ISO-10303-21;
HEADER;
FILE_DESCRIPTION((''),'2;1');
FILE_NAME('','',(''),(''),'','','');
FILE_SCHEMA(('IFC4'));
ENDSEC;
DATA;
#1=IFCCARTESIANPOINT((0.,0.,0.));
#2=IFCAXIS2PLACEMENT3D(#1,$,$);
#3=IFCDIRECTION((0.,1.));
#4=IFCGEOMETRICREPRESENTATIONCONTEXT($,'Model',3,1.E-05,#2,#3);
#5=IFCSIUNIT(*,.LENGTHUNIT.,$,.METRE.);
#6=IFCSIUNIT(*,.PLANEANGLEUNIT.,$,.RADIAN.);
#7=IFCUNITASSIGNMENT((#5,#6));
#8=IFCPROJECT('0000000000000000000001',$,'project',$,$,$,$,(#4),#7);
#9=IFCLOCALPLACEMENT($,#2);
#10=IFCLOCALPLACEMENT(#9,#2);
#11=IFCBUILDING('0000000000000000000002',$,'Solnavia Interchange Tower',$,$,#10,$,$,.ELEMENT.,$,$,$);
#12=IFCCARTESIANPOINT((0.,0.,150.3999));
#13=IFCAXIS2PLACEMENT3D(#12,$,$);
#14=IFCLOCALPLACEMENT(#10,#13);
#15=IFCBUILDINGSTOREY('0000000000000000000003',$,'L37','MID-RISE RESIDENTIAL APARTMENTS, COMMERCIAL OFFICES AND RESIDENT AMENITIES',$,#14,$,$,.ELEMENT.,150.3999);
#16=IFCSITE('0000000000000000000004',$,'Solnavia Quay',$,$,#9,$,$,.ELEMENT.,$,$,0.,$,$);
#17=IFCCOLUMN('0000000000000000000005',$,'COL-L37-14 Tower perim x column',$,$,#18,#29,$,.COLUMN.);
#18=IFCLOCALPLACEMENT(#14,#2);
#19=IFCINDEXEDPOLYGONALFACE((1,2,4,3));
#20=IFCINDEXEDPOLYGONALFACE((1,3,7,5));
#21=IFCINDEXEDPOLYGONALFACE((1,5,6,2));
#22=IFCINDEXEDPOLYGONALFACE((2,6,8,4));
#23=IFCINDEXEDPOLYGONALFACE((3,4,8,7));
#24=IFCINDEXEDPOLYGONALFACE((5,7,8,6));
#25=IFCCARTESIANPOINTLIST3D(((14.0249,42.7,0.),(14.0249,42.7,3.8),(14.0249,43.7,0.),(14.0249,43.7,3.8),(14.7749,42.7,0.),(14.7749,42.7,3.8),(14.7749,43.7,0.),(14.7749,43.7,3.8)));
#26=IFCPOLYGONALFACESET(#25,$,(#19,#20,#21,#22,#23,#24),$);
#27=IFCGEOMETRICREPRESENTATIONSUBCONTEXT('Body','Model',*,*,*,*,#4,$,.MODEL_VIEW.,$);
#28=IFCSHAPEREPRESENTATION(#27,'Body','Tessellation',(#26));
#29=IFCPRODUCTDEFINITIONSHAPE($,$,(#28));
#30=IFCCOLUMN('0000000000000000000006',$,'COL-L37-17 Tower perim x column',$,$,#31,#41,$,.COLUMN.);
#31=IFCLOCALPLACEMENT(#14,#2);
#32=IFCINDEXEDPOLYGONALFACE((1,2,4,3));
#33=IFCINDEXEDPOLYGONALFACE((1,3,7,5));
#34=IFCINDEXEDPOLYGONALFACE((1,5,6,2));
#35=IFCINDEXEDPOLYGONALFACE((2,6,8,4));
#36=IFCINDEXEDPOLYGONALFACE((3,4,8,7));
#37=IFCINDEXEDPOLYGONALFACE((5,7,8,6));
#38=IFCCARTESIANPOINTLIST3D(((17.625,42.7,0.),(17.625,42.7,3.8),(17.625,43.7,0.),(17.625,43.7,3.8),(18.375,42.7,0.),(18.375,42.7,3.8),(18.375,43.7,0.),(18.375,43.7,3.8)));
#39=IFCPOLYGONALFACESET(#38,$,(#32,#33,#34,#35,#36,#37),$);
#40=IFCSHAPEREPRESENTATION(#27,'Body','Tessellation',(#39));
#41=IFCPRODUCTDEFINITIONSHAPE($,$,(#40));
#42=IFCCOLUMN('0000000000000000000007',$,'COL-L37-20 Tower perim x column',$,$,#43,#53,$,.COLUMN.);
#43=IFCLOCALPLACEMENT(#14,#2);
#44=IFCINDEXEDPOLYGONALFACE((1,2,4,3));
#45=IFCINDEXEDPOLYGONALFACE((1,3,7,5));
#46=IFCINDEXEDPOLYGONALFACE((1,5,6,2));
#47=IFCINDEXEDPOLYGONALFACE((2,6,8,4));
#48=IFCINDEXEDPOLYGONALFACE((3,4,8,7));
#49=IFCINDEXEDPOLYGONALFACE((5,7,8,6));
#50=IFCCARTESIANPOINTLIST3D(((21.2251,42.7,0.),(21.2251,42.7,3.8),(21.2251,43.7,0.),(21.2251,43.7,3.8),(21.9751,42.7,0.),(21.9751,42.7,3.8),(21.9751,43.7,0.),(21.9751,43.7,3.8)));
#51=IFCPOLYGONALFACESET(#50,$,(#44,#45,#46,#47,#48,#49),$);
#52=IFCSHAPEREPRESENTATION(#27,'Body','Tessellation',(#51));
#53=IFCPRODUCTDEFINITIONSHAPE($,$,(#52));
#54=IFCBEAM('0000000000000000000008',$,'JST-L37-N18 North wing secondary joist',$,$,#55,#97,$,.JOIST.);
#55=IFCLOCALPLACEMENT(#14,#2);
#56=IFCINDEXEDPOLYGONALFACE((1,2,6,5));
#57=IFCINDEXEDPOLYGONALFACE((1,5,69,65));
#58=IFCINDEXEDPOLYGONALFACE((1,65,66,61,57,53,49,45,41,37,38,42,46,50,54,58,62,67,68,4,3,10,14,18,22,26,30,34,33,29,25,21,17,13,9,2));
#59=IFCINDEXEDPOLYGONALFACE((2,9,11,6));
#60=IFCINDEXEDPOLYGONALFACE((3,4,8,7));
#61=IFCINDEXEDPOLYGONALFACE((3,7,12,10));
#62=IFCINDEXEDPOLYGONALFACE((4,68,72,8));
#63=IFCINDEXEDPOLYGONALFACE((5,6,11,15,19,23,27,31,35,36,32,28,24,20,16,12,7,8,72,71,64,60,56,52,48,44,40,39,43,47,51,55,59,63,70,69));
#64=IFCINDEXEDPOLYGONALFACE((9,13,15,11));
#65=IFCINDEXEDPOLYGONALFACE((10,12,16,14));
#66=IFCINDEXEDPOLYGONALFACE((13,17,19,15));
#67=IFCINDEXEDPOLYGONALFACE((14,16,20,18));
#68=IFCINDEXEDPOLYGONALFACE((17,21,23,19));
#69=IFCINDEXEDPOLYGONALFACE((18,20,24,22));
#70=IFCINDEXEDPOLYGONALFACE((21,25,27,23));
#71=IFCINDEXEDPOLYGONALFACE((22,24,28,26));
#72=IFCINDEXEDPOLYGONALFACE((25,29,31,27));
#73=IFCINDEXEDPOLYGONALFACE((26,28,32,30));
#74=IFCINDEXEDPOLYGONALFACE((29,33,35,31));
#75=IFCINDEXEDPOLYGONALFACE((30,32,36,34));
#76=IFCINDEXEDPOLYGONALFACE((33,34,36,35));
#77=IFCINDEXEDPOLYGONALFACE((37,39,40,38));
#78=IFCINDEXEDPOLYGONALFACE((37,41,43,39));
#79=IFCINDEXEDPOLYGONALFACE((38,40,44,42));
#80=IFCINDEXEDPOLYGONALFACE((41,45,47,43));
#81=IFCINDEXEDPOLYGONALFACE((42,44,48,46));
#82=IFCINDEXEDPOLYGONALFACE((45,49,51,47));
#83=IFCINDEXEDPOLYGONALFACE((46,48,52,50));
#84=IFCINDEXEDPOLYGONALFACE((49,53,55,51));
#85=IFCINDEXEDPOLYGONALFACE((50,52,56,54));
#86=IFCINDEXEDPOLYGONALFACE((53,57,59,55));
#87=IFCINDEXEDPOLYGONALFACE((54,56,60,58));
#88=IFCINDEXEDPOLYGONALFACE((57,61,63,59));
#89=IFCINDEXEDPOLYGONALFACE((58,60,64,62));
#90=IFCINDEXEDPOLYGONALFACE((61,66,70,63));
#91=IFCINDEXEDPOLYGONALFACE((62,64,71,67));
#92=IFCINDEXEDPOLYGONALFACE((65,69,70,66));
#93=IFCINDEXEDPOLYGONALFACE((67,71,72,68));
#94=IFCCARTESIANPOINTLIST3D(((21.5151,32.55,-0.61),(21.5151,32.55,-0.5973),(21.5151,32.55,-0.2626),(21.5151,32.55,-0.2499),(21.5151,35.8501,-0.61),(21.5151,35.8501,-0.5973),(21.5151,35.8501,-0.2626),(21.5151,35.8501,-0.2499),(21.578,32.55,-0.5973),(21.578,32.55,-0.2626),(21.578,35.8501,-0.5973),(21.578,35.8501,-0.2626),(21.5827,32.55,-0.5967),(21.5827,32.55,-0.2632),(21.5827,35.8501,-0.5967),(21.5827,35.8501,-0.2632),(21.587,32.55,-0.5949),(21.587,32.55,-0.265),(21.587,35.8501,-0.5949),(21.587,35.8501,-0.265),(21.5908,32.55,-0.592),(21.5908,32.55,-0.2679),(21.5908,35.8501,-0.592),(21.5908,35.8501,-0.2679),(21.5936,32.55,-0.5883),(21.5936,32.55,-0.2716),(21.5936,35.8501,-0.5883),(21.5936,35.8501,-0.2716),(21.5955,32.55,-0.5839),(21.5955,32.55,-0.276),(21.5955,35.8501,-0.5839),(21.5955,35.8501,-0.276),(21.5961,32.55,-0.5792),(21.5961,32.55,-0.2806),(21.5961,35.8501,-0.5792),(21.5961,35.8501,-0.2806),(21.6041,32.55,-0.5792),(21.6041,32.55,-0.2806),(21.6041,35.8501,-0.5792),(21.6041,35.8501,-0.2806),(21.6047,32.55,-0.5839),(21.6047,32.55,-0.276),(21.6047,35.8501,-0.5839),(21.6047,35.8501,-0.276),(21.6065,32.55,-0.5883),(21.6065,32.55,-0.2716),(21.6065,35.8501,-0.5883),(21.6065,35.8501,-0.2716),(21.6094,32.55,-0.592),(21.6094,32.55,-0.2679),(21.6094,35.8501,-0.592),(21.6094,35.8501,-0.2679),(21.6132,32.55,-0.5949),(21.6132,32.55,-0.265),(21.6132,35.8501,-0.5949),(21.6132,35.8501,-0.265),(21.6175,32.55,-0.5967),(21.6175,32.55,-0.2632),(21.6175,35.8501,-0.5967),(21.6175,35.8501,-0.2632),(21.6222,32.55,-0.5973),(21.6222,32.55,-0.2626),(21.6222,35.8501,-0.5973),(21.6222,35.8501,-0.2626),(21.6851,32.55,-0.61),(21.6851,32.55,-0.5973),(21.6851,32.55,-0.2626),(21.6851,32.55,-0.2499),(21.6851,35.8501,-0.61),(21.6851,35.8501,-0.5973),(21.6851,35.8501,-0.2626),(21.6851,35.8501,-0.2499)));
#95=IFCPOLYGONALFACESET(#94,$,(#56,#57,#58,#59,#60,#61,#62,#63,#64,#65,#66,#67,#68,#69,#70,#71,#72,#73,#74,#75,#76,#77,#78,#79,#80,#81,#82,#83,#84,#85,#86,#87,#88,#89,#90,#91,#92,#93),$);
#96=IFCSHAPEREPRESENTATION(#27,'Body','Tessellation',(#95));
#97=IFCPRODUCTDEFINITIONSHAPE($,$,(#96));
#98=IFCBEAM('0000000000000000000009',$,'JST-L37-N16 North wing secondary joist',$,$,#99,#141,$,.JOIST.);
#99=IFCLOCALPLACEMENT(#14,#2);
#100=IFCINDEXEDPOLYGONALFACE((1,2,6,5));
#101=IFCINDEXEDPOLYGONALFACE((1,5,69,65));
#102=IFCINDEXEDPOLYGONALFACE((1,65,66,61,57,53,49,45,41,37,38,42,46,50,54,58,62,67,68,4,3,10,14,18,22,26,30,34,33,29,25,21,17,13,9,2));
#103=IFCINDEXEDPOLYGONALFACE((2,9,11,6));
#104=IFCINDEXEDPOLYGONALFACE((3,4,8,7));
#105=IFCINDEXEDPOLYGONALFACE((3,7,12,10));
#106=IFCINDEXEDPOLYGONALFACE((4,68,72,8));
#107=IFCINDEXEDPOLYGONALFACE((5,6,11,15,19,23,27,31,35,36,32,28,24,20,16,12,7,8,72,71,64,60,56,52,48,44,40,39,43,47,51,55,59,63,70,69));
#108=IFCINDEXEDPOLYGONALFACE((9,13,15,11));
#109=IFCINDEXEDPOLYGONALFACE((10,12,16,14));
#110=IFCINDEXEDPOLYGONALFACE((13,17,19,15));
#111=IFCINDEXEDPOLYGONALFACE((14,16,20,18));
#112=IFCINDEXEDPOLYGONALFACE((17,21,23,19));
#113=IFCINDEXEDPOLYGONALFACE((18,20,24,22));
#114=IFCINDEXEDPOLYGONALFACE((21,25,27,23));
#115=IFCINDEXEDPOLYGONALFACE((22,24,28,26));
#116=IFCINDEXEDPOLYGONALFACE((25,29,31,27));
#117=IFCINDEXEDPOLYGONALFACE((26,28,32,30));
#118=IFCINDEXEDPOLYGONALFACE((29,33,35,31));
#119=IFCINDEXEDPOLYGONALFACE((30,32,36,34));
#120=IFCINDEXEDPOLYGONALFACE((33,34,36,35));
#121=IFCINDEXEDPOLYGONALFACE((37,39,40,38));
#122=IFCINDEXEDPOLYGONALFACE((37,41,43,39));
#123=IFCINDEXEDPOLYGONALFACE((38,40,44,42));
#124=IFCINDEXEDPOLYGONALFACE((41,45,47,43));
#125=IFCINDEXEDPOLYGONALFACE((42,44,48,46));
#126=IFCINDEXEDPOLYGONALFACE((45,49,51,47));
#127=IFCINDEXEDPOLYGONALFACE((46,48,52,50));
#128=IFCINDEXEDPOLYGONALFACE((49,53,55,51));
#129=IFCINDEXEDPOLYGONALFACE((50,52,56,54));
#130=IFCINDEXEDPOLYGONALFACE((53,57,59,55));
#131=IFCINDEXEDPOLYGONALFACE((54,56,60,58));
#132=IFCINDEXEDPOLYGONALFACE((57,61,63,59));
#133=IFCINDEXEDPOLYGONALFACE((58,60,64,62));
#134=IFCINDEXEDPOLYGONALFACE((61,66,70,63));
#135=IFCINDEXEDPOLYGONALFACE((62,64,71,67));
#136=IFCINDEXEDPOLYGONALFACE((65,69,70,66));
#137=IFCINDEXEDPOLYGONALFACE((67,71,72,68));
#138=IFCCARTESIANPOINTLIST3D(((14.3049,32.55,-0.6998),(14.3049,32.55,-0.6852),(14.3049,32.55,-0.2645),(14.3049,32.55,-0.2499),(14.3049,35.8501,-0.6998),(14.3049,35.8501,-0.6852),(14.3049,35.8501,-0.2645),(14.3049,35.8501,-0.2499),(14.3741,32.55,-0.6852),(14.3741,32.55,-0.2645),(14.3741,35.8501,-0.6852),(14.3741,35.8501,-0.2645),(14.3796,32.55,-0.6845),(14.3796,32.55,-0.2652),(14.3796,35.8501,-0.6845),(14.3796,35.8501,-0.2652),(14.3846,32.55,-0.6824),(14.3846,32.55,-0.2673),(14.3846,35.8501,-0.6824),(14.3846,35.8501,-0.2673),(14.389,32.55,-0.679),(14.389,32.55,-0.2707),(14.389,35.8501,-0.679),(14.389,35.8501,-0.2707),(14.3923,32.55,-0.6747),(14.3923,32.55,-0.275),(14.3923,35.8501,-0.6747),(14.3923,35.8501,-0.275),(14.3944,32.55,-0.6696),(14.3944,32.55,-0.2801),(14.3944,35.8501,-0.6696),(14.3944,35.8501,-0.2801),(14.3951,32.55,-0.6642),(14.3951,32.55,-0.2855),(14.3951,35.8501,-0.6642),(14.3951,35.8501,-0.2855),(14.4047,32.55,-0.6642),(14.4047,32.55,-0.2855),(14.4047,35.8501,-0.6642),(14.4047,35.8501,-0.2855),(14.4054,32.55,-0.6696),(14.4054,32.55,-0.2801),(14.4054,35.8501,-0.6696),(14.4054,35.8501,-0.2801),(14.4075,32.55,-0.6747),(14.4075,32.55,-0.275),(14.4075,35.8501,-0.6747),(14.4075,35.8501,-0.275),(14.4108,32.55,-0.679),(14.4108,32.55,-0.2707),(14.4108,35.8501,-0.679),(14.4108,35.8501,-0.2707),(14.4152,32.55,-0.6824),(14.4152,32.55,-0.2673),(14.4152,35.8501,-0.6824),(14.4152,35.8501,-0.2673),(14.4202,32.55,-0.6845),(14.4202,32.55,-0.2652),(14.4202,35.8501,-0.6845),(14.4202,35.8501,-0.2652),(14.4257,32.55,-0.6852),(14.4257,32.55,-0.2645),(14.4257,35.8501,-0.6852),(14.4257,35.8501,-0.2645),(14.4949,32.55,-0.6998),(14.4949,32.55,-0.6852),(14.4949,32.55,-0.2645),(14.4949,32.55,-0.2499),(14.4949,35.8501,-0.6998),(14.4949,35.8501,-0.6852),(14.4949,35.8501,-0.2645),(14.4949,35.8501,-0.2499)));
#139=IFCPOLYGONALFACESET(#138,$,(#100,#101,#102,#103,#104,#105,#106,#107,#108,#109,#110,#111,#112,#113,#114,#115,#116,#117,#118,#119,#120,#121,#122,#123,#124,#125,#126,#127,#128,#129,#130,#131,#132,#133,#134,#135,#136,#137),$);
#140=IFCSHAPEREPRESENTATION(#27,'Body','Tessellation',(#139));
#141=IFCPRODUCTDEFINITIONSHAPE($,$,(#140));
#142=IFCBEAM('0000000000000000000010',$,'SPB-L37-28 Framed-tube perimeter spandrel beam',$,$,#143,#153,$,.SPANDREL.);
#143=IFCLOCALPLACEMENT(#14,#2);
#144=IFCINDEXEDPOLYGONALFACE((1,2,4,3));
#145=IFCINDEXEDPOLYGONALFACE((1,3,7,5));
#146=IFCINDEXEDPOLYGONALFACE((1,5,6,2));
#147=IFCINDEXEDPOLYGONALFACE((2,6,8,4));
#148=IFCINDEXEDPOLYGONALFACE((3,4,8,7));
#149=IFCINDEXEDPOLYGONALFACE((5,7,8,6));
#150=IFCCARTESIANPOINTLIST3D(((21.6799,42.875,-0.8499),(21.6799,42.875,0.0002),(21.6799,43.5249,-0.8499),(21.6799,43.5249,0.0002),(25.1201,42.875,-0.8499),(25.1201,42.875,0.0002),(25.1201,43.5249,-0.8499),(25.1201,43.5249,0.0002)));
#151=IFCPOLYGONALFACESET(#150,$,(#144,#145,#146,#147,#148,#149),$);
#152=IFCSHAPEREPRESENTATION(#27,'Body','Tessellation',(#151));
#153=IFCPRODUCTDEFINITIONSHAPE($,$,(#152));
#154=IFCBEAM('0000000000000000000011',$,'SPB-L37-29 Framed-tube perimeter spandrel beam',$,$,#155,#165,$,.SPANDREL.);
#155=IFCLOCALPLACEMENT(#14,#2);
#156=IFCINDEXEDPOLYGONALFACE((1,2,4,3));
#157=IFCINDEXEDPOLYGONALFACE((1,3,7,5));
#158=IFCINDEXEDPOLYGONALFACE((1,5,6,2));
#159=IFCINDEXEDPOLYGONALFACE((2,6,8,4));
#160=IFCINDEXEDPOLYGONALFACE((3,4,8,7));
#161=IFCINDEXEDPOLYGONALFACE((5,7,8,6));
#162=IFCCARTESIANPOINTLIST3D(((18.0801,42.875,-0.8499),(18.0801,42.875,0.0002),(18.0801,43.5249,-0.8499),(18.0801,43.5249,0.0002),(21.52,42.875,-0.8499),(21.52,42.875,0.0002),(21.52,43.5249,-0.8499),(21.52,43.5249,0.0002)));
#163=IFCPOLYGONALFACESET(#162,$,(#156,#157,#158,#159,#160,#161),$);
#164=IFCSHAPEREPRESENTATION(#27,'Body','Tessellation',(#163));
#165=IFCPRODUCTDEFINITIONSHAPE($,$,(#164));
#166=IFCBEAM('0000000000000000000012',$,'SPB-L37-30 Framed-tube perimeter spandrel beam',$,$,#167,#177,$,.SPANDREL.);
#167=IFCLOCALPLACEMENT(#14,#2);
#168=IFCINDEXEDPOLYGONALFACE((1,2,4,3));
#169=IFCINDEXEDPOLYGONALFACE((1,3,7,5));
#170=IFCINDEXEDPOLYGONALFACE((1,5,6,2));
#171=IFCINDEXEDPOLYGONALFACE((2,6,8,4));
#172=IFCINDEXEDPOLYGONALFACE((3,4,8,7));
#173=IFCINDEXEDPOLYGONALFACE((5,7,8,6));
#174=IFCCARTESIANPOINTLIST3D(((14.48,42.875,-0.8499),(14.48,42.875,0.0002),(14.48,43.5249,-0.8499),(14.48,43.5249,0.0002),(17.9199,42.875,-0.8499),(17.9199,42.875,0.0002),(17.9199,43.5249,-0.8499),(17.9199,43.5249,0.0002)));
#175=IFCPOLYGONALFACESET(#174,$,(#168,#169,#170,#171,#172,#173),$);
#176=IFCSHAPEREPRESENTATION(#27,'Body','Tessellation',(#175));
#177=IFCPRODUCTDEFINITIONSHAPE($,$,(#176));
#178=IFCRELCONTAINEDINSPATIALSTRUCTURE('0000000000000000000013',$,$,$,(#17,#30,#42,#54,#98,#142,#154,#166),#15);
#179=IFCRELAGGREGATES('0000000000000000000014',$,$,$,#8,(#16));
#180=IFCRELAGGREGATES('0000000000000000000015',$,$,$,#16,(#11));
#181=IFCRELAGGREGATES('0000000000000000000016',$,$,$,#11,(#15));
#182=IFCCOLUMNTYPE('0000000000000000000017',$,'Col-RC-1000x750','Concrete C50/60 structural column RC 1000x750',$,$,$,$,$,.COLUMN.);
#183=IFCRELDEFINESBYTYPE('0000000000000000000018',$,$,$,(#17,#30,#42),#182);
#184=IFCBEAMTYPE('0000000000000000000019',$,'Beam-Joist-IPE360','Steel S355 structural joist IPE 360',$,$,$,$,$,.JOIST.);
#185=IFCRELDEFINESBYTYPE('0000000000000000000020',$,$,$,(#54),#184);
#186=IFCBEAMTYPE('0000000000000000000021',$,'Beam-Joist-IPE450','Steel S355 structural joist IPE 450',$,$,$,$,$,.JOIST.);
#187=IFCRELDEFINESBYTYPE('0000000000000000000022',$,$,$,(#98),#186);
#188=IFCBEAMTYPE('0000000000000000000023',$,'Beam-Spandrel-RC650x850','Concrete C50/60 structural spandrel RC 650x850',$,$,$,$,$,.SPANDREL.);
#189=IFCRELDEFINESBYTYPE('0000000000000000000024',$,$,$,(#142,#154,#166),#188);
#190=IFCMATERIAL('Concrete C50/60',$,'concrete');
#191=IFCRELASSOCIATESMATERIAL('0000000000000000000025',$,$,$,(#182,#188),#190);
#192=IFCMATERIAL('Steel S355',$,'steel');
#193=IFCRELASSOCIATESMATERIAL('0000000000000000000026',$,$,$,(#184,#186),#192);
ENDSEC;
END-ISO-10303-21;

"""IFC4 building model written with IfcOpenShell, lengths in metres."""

from ifc_helpers import new_model, si_unit, direction, frame, origin, origin_2d, place, context, subcontext, project, spatial, rectangle, i_section, extrude, material, material_profile, profile_set, type_object, element, save


model = new_model("IFC4")

# Units and contexts
model_context = context("Model", 3, precision=1e-05, world=origin(), true_north=direction((0.0, 1.0)))
body_context = subcontext(model_context, "Body", "Model", "MODEL_VIEW")
ifc_project = project(units=[si_unit("LENGTHUNIT", "METRE"), si_unit("PLANEANGLEUNIT", "RADIAN")], contexts=[model_context])

# Site, building, storey
site_placement = place(None, origin())
site = spatial("IfcSite", under=ifc_project, at=site_placement, Name="Solnavia Quay", CompositionType="ELEMENT", RefElevation=0.0)
building_placement = place(site_placement, origin())
building = spatial("IfcBuilding", under=site, at=building_placement, Name="Solnavia Interchange Tower", CompositionType="ELEMENT")
storey_placement = place(building_placement, frame((0.0, 0.0, 150.3999)))
storey = spatial("IfcBuildingStorey", under=building, at=storey_placement, Name="L37", Description="MID-RISE RESIDENTIAL APARTMENTS, COMMERCIAL OFFICES AND RESIDENT AMENITIES", CompositionType="ELEMENT", Elevation=150.3999)

# Columns
ifc_material_1 = material(Name="Concrete C50/60", Category="concrete")
ifc_material_profile_1 = material_profile(ifc_material_1, rectangle(XDim=0.75, YDim=1.0, at=origin_2d()), Name="RC 1000x750")
ifc_profile_set_1 = profile_set([ifc_material_profile_1], Name="Concrete C50/60")
column_type = type_object("IfcColumnType", Name="Col-RC-1000x750", Description="Concrete C50/60 structural column RC 1000x750", PredefinedType="COLUMN", material=ifc_profile_set_1)
for number, where, z_axis, x_axis, name in (
    (1, (14.3999, 43.2, 0.0), (0.0, 0.0, 1.0), (1.0, 0.0, 0.0), "COL-L37-14 Tower perim x column"),
    (2, (18.0, 43.2, 0.0), (0.0, 0.0, 1.0), (1.0, 0.0, 0.0), "COL-L37-17 Tower perim x column"),
    (3, (21.6001, 43.2, 0.0), (0.0, 0.0, 1.0), (1.0, 0.0, 0.0), "COL-L37-20 Tower perim x column"),
):
    element("IfcColumn", number, at=place(storey_placement, frame(where, z_axis=z_axis, x_axis=x_axis)), inside=storey, type_object=column_type, Name=name, PredefinedType="COLUMN", context=body_context, shape_type="SweptSolid", body=[
        extrude(rectangle(XDim=0.75, YDim=1.0, at=origin_2d()), origin(), (0.0, 0.0, 1.0), 3.8),
    ])

# Beams
ifc_material_2 = material(Name="Steel S355", Category="steel")
ifc_material_profile_2 = material_profile(ifc_material_2, i_section(OverallWidth=0.1699, OverallDepth=0.3601, WebThickness=0.0081, FlangeThickness=0.0127, FilletRadius=0.0181, at=origin_2d()), Name="IPE 360")
ifc_profile_set_2 = profile_set([ifc_material_profile_2], Name="Steel S355")
beam_type_1 = type_object("IfcBeamType", Name="Beam-Joist-IPE360", Description="Steel S355 structural joist IPE 360", PredefinedType="JOIST", material=ifc_profile_set_2)
beam_1_placement = place(storey_placement, frame((21.6001, 32.55, -0.4299), z_axis=(0.0, 1.0, 0.0), x_axis=(-1.0, 0.0, 0.0)))
element("IfcBeam", 4, at=beam_1_placement, inside=storey, type_object=beam_type_1, Name="JST-L37-N18 North wing secondary joist", PredefinedType="JOIST", context=body_context, shape_type="SweptSolid", body=[
    extrude(i_section(OverallWidth=0.1699, OverallDepth=0.3601, WebThickness=0.0081, FlangeThickness=0.0127, FilletRadius=0.0181, at=origin_2d()), origin(), (0.0, 0.0, 1.0), 3.3),
])
ifc_material_profile_3 = material_profile(ifc_material_2, i_section(OverallWidth=0.1899, OverallDepth=0.45, WebThickness=0.0095, FlangeThickness=0.0146, FilletRadius=0.021, at=origin_2d()), Name="IPE 450")
ifc_profile_set_3 = profile_set([ifc_material_profile_3], Name="Steel S355")
beam_type_2 = type_object("IfcBeamType", Name="Beam-Joist-IPE450", Description="Steel S355 structural joist IPE 450", PredefinedType="JOIST", material=ifc_profile_set_3)
beam_2_placement = place(storey_placement, frame((14.3999, 32.55, -0.4749), z_axis=(0.0, 1.0, 0.0), x_axis=(-1.0, 0.0, 0.0)))
element("IfcBeam", 5, at=beam_2_placement, inside=storey, type_object=beam_type_2, Name="JST-L37-N16 North wing secondary joist", PredefinedType="JOIST", context=body_context, shape_type="SweptSolid", body=[
    extrude(i_section(OverallWidth=0.1899, OverallDepth=0.45, WebThickness=0.0095, FlangeThickness=0.0146, FilletRadius=0.021, at=origin_2d()), origin(), (0.0, 0.0, 1.0), 3.3),
])
ifc_material_profile_4 = material_profile(ifc_material_1, rectangle(XDim=0.6499, YDim=0.8501, at=origin_2d()), Name="RC 650x850")
ifc_profile_set_4 = profile_set([ifc_material_profile_4], Name="Concrete C50/60")
beam_type_3 = type_object("IfcBeamType", Name="Beam-Spandrel-RC650x850", Description="Concrete C50/60 structural spandrel RC 650x850", PredefinedType="SPANDREL", material=ifc_profile_set_4)
beam_3_placement = place(storey_placement, frame((25.1201, 43.2, -0.4248), z_axis=(-1.0, 0.0, 0.0), x_axis=(0.0, -1.0, 0.0)))
element("IfcBeam", 6, at=beam_3_placement, inside=storey, type_object=beam_type_3, Name="SPB-L37-28 Framed-tube perimeter spandrel beam", PredefinedType="SPANDREL", context=body_context, shape_type="SweptSolid", body=[
    extrude(rectangle(XDim=0.6499, YDim=0.8501, at=origin_2d()), origin(), (0.0, 0.0, 1.0), 3.4402),
])
for number, where, z_axis, x_axis, name in (
    (7, (21.52, 43.2, -0.4248), (-1.0, 0.0, 0.0), (0.0, -1.0, 0.0), "SPB-L37-29 Framed-tube perimeter spandrel beam"),
    (8, (17.9199, 43.2, -0.4248), (-1.0, 0.0, 0.0), (0.0, -1.0, 0.0), "SPB-L37-30 Framed-tube perimeter spandrel beam"),
):
    element("IfcBeam", number, at=place(storey_placement, frame(where, z_axis=z_axis, x_axis=x_axis)), inside=storey, type_object=beam_type_3, Name=name, PredefinedType="SPANDREL", context=body_context, shape_type="SweptSolid", body=[
        extrude(rectangle(XDim=0.6499, YDim=0.8501, at=origin_2d()), origin(), (0.0, 0.0, 1.0), 3.4399),
    ])

save(model, "model.ifc")
